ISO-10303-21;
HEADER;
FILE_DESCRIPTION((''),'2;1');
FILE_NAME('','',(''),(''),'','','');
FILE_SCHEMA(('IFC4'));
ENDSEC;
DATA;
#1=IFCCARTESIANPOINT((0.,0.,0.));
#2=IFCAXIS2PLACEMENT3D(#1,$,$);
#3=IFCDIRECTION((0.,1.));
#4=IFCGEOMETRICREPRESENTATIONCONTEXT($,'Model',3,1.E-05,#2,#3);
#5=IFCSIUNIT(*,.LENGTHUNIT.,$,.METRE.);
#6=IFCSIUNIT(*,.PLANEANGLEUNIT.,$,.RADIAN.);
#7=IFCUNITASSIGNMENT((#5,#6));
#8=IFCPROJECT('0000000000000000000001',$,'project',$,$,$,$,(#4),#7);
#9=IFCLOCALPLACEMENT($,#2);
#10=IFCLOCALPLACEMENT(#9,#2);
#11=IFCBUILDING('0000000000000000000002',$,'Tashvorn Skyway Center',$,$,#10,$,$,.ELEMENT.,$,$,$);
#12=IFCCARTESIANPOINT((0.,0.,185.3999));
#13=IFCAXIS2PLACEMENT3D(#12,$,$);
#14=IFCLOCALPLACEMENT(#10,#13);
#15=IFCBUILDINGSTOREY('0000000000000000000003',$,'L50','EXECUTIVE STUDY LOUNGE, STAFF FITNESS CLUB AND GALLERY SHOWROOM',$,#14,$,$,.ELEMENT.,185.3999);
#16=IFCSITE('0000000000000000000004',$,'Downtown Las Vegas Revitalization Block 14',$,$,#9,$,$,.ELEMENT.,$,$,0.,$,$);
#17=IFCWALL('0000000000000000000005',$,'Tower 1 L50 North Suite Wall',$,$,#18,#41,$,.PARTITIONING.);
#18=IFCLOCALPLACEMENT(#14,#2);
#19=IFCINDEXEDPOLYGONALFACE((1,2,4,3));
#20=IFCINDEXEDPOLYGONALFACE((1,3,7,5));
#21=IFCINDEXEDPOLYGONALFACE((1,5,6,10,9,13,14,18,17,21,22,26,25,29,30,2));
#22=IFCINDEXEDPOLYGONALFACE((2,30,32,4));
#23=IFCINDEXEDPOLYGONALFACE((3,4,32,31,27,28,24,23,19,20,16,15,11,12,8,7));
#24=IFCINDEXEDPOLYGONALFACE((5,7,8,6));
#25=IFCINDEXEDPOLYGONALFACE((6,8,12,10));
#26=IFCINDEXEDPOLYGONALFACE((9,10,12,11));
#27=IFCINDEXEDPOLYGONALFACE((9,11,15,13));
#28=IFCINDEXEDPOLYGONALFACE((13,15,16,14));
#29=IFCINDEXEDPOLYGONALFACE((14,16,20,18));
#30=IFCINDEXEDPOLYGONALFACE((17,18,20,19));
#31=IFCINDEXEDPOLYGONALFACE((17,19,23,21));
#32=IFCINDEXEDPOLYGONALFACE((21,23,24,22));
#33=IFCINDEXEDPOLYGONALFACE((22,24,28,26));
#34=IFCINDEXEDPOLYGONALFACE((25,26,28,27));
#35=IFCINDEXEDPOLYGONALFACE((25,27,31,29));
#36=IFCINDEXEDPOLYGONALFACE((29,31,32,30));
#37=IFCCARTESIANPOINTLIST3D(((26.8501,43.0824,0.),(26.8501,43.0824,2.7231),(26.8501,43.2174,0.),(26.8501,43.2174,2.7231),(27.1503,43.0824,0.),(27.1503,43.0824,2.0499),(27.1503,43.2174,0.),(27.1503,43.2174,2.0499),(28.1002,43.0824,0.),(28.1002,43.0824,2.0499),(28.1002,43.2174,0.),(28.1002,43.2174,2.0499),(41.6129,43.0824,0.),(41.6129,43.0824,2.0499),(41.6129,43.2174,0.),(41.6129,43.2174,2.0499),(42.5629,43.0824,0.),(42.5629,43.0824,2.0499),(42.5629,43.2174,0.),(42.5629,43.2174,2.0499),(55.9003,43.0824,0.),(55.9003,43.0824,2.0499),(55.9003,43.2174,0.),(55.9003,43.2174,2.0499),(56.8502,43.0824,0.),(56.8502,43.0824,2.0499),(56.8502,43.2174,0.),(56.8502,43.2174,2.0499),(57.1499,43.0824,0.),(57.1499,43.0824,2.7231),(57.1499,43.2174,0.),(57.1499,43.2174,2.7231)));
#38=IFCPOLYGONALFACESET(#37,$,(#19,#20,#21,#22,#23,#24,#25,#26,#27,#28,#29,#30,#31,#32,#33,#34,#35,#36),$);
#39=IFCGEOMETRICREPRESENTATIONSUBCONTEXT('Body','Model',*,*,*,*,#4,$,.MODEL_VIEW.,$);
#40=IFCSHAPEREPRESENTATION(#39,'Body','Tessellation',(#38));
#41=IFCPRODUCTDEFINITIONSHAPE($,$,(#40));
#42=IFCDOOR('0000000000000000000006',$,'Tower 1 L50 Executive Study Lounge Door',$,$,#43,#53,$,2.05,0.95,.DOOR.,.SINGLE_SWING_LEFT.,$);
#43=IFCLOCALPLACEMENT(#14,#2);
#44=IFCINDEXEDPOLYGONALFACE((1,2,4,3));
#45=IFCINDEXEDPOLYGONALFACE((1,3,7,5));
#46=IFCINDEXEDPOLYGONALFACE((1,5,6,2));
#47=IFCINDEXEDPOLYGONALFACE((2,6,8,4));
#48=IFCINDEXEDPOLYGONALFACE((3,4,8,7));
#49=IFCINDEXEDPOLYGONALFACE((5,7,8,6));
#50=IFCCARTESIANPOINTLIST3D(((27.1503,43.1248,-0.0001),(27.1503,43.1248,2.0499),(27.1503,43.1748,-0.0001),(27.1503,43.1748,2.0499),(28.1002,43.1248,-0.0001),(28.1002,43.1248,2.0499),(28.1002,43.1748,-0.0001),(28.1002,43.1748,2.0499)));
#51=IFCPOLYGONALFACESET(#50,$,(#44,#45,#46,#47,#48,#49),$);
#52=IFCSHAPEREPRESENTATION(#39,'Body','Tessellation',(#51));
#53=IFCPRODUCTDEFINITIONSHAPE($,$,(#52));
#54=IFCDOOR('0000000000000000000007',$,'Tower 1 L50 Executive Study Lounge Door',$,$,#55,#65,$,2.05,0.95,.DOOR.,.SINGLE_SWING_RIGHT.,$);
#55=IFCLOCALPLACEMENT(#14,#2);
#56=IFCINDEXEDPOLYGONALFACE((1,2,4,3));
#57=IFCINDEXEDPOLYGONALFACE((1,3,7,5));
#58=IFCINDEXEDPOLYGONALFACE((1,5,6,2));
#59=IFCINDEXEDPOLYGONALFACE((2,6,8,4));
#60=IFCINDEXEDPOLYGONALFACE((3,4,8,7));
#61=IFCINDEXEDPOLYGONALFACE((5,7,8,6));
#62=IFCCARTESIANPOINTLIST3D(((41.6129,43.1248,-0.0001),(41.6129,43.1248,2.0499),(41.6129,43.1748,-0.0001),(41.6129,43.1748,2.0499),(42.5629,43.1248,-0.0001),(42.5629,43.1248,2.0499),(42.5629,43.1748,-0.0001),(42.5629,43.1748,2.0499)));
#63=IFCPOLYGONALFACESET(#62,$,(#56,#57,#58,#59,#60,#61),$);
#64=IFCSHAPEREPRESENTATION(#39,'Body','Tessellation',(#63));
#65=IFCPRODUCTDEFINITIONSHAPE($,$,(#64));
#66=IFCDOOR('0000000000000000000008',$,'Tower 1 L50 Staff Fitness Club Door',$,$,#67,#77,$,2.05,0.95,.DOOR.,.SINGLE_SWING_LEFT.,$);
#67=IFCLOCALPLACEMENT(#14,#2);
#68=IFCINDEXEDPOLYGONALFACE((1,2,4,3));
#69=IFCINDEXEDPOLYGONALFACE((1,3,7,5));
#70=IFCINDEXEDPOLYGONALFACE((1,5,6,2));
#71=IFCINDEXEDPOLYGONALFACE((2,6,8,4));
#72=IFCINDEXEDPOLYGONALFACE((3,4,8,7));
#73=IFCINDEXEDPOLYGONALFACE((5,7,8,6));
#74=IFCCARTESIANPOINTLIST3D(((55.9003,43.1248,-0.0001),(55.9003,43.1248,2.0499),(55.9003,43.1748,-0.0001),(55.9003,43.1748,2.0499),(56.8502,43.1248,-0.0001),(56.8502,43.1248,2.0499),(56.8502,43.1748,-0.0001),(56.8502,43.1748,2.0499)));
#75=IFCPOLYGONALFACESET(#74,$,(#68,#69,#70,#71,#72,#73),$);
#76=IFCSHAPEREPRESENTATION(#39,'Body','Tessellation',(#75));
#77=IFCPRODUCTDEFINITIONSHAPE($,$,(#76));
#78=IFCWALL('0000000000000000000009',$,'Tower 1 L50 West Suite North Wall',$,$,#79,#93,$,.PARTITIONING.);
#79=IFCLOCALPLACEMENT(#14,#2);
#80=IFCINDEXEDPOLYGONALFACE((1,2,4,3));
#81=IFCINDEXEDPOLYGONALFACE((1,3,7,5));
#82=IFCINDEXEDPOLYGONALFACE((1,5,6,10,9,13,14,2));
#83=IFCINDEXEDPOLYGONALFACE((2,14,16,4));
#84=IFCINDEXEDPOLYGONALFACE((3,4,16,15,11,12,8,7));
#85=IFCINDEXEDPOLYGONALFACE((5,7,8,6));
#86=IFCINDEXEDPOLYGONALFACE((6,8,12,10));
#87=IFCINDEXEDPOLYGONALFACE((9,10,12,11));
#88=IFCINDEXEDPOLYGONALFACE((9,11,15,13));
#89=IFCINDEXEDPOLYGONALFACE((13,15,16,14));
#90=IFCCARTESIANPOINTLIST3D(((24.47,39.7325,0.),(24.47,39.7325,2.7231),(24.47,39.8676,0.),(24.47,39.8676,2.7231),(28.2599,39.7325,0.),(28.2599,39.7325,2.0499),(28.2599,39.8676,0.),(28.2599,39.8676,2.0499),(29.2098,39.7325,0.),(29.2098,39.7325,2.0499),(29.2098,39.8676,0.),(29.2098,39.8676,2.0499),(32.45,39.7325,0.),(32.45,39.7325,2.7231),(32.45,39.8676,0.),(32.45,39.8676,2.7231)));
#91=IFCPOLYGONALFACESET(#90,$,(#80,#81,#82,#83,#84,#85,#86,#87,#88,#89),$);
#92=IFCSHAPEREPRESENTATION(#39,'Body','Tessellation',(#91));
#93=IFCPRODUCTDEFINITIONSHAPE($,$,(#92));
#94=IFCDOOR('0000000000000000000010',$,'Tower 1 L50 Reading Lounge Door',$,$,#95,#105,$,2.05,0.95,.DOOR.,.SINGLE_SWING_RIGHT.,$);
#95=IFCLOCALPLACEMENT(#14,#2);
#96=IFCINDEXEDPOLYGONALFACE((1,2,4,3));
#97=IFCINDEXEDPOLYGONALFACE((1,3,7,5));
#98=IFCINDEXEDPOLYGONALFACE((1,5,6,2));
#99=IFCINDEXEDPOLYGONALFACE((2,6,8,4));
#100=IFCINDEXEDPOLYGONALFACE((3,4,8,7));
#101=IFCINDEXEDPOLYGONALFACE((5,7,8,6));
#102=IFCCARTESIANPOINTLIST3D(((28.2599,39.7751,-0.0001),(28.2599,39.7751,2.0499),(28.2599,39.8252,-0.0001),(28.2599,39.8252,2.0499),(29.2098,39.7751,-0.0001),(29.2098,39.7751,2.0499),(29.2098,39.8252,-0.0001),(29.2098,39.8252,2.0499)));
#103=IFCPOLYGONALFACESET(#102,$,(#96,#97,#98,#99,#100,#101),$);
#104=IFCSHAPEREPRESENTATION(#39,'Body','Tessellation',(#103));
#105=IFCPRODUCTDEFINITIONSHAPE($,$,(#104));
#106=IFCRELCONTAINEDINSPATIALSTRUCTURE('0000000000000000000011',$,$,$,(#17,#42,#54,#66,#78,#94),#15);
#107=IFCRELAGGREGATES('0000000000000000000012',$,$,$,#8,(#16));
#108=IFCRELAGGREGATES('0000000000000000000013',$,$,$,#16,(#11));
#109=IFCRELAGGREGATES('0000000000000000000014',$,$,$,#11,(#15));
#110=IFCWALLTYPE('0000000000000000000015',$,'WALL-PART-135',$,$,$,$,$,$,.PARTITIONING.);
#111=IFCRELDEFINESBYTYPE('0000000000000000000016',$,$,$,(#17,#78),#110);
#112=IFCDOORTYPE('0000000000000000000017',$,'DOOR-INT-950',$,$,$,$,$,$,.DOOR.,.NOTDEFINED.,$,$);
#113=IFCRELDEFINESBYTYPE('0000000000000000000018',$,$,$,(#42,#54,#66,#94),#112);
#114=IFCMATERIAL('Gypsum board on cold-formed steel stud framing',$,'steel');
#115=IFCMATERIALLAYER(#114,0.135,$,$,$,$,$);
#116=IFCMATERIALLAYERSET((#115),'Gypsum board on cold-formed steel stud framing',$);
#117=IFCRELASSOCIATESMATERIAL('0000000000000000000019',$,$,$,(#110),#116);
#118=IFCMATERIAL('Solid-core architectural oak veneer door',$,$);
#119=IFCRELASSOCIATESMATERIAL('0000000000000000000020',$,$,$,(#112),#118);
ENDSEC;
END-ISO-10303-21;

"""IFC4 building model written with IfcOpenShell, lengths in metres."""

from ifc_helpers import new_model, si_unit, direction, frame, frame_2d, origin, place, context, subcontext, project, spatial, rectangle, extrude, material, layer, layer_set, type_object, element, fill, save


model = new_model("IFC4")

# Units and contexts
model_context = context("Model", 3, precision=1e-05, world=origin(), true_north=direction((0.0, 1.0)))
body_context = subcontext(model_context, "Body", "Model", "MODEL_VIEW")
ifc_project = project(units=[si_unit("LENGTHUNIT", "METRE"), si_unit("PLANEANGLEUNIT", "RADIAN")], contexts=[model_context])

# Site, building, storey
site_placement = place(None, origin())
site = spatial("IfcSite", under=ifc_project, at=site_placement, Name="Downtown Las Vegas Revitalization Block 14", CompositionType="ELEMENT", RefElevation=0.0)
building_placement = place(site_placement, origin())
building = spatial("IfcBuilding", under=site, at=building_placement, Name="Tashvorn Skyway Center", CompositionType="ELEMENT")
storey_placement = place(building_placement, frame((0.0, 0.0, 185.3999)))
storey = spatial("IfcBuildingStorey", under=building, at=storey_placement, Name="L50", Description="EXECUTIVE STUDY LOUNGE, STAFF FITNESS CLUB AND GALLERY SHOWROOM", CompositionType="ELEMENT", Elevation=185.3999)

# Shared definitions
ifc_material_1 = material(Name="Gypsum board on cold-formed steel stud framing", Category="steel")

# Wall, openings, doors
ifc_layer_1 = layer(ifc_material_1, 0.135)
ifc_layer_set_1 = layer_set([ifc_layer_1], Name="Gypsum board on cold-formed steel stud framing")
wall_type_1 = type_object("IfcWallType", Name="WALL-PART-135", PredefinedType="PARTITIONING", material=ifc_layer_set_1)
wall_1_placement = place(storey_placement, frame((26.8501, 43.1499, 0.0), z_axis=(0.0, 0.0, 1.0), x_axis=(1.0, 0.0, 0.0)))
wall_1 = element("IfcWall", 1, at=wall_1_placement, inside=storey, type_object=wall_type_1, Name="Tower 1 L50 North Suite Wall", PredefinedType="PARTITIONING", context=body_context, shape_type="SweptSolid", body=[
    extrude(rectangle(XDim=30.2998, YDim=0.135, at=frame_2d((15.1499, 0.0))), origin(), (0.0, 0.0, 1.0), 2.7231),
])
opening_1_placement = place(wall_1_placement, frame((0.3, 0.0, 0.0)))
opening_1 = element("IfcOpeningElement", 2, at=opening_1_placement, cuts=wall_1, PredefinedType="OPENING", context=body_context, shape_type="SweptSolid", body=[
    extrude(rectangle(XDim=0.95, YDim=2.05, at=frame_2d((0.4751, 1.0249))), frame((0.0, 0.0774, 0.0), z_axis=(0.0, -1.0, 0.0), x_axis=(1.0, 0.0, 0.0)), (0.0, 0.0, 1.0), 0.155),
])
opening_2_placement = place(wall_1_placement, frame((14.7627, 0.0, 0.0)))
opening_2 = element("IfcOpeningElement", 3, at=opening_2_placement, cuts=wall_1, PredefinedType="OPENING", context=body_context, shape_type="SweptSolid", body=[
    extrude(rectangle(XDim=0.95, YDim=2.05, at=frame_2d((0.4751, 1.0249))), frame((0.0, 0.0774, 0.0), z_axis=(0.0, -1.0, 0.0), x_axis=(1.0, 0.0, 0.0)), (0.0, 0.0, 1.0), 0.155),
])
opening_3_placement = place(wall_1_placement, frame((29.05, 0.0, 0.0)))
opening_3 = element("IfcOpeningElement", 4, at=opening_3_placement, cuts=wall_1, PredefinedType="OPENING", context=body_context, shape_type="SweptSolid", body=[
    extrude(rectangle(XDim=0.95, YDim=2.05, at=frame_2d((0.4751, 1.0249))), frame((0.0, 0.0774, 0.0), z_axis=(0.0, -1.0, 0.0), x_axis=(1.0, 0.0, 0.0)), (0.0, 0.0, 1.0), 0.155),
])
ifc_material_2 = material(Name="Solid-core architectural oak veneer door")
door_type_1 = type_object("IfcDoorType", Name="DOOR-INT-950", OperationType="NOTDEFINED", PredefinedType="DOOR", material=ifc_material_2)
door_1_placement = place(opening_1_placement, origin())
door_1 = element("IfcDoor", 5, at=door_1_placement, inside=storey, type_object=door_type_1, Name="Tower 1 L50 Executive Study Lounge Door", OperationType="SINGLE_SWING_LEFT", OverallHeight=2.05, OverallWidth=0.95, PredefinedType="DOOR", context=body_context, shape_type="SweptSolid", body=[
    extrude(rectangle(XDim=0.95, YDim=2.05, at=frame_2d((0.4751, 1.0249))), frame((0.0, 0.0249, 0.0), z_axis=(0.0, -1.0, 0.0), x_axis=(1.0, 0.0, 0.0)), (0.0, 0.0, 1.0), 0.05),
])
fill(opening_1, door_1)
door_2_placement = place(opening_2_placement, origin())
door_2 = element("IfcDoor", 6, at=door_2_placement, inside=storey, type_object=door_type_1, Name="Tower 1 L50 Executive Study Lounge Door", OperationType="SINGLE_SWING_RIGHT", OverallHeight=2.05, OverallWidth=0.95, PredefinedType="DOOR", context=body_context, shape_type="SweptSolid", body=[
    extrude(rectangle(XDim=0.95, YDim=2.05, at=frame_2d((0.4751, 1.0249))), frame((0.0, 0.0249, 0.0), z_axis=(0.0, -1.0, 0.0), x_axis=(1.0, 0.0, 0.0)), (0.0, 0.0, 1.0), 0.05),
])
fill(opening_2, door_2)
door_3_placement = place(opening_3_placement, origin())
door_3 = element("IfcDoor", 7, at=door_3_placement, inside=storey, type_object=door_type_1, Name="Tower 1 L50 Staff Fitness Club Door", OperationType="SINGLE_SWING_LEFT", OverallHeight=2.05, OverallWidth=0.95, PredefinedType="DOOR", context=body_context, shape_type="SweptSolid", body=[
    extrude(rectangle(XDim=0.95, YDim=2.05, at=frame_2d((0.4751, 1.0249))), frame((0.0, 0.0249, 0.0), z_axis=(0.0, -1.0, 0.0), x_axis=(1.0, 0.0, 0.0)), (0.0, 0.0, 1.0), 0.05),
])
fill(opening_3, door_3)

# Wall, opening, door
wall_2_placement = place(storey_placement, frame((32.45, 39.8, 0.0), z_axis=(0.0, 0.0, 1.0), x_axis=(-1.0, 0.0, 0.0)))
wall_2 = element("IfcWall", 8, at=wall_2_placement, inside=storey, type_object=wall_type_1, Name="Tower 1 L50 West Suite North Wall", PredefinedType="PARTITIONING", context=body_context, shape_type="SweptSolid", body=[
    extrude(rectangle(XDim=7.98, YDim=0.135, at=frame_2d((3.99, 0.0))), origin(), (0.0, 0.0, 1.0), 2.7231),
])
opening_4_placement = place(wall_2_placement, frame((3.24, 0.0, 0.0)))
opening_4 = element("IfcOpeningElement", 9, at=opening_4_placement, cuts=wall_2, PredefinedType="OPENING", context=body_context, shape_type="SweptSolid", body=[
    extrude(rectangle(XDim=0.95, YDim=2.05, at=frame_2d((0.4751, 1.0249))), frame((0.0, 0.0774, 0.0), z_axis=(0.0, -1.0, 0.0), x_axis=(1.0, 0.0, 0.0)), (0.0, 0.0, 1.0), 0.155),
])
door_4_placement = place(opening_4_placement, origin())
door_4 = element("IfcDoor", 10, at=door_4_placement, inside=storey, type_object=door_type_1, Name="Tower 1 L50 Reading Lounge Door", OperationType="SINGLE_SWING_RIGHT", OverallHeight=2.05, OverallWidth=0.95, PredefinedType="DOOR", context=body_context, shape_type="SweptSolid", body=[
    extrude(rectangle(XDim=0.95, YDim=2.05, at=frame_2d((0.4751, 1.0249))), frame((0.0, 0.0249, 0.0), z_axis=(0.0, -1.0, 0.0), x_axis=(1.0, 0.0, 0.0)), (0.0, 0.0, 1.0), 0.05),
])
fill(opening_4, door_4)

save(model, "model.ifc")
